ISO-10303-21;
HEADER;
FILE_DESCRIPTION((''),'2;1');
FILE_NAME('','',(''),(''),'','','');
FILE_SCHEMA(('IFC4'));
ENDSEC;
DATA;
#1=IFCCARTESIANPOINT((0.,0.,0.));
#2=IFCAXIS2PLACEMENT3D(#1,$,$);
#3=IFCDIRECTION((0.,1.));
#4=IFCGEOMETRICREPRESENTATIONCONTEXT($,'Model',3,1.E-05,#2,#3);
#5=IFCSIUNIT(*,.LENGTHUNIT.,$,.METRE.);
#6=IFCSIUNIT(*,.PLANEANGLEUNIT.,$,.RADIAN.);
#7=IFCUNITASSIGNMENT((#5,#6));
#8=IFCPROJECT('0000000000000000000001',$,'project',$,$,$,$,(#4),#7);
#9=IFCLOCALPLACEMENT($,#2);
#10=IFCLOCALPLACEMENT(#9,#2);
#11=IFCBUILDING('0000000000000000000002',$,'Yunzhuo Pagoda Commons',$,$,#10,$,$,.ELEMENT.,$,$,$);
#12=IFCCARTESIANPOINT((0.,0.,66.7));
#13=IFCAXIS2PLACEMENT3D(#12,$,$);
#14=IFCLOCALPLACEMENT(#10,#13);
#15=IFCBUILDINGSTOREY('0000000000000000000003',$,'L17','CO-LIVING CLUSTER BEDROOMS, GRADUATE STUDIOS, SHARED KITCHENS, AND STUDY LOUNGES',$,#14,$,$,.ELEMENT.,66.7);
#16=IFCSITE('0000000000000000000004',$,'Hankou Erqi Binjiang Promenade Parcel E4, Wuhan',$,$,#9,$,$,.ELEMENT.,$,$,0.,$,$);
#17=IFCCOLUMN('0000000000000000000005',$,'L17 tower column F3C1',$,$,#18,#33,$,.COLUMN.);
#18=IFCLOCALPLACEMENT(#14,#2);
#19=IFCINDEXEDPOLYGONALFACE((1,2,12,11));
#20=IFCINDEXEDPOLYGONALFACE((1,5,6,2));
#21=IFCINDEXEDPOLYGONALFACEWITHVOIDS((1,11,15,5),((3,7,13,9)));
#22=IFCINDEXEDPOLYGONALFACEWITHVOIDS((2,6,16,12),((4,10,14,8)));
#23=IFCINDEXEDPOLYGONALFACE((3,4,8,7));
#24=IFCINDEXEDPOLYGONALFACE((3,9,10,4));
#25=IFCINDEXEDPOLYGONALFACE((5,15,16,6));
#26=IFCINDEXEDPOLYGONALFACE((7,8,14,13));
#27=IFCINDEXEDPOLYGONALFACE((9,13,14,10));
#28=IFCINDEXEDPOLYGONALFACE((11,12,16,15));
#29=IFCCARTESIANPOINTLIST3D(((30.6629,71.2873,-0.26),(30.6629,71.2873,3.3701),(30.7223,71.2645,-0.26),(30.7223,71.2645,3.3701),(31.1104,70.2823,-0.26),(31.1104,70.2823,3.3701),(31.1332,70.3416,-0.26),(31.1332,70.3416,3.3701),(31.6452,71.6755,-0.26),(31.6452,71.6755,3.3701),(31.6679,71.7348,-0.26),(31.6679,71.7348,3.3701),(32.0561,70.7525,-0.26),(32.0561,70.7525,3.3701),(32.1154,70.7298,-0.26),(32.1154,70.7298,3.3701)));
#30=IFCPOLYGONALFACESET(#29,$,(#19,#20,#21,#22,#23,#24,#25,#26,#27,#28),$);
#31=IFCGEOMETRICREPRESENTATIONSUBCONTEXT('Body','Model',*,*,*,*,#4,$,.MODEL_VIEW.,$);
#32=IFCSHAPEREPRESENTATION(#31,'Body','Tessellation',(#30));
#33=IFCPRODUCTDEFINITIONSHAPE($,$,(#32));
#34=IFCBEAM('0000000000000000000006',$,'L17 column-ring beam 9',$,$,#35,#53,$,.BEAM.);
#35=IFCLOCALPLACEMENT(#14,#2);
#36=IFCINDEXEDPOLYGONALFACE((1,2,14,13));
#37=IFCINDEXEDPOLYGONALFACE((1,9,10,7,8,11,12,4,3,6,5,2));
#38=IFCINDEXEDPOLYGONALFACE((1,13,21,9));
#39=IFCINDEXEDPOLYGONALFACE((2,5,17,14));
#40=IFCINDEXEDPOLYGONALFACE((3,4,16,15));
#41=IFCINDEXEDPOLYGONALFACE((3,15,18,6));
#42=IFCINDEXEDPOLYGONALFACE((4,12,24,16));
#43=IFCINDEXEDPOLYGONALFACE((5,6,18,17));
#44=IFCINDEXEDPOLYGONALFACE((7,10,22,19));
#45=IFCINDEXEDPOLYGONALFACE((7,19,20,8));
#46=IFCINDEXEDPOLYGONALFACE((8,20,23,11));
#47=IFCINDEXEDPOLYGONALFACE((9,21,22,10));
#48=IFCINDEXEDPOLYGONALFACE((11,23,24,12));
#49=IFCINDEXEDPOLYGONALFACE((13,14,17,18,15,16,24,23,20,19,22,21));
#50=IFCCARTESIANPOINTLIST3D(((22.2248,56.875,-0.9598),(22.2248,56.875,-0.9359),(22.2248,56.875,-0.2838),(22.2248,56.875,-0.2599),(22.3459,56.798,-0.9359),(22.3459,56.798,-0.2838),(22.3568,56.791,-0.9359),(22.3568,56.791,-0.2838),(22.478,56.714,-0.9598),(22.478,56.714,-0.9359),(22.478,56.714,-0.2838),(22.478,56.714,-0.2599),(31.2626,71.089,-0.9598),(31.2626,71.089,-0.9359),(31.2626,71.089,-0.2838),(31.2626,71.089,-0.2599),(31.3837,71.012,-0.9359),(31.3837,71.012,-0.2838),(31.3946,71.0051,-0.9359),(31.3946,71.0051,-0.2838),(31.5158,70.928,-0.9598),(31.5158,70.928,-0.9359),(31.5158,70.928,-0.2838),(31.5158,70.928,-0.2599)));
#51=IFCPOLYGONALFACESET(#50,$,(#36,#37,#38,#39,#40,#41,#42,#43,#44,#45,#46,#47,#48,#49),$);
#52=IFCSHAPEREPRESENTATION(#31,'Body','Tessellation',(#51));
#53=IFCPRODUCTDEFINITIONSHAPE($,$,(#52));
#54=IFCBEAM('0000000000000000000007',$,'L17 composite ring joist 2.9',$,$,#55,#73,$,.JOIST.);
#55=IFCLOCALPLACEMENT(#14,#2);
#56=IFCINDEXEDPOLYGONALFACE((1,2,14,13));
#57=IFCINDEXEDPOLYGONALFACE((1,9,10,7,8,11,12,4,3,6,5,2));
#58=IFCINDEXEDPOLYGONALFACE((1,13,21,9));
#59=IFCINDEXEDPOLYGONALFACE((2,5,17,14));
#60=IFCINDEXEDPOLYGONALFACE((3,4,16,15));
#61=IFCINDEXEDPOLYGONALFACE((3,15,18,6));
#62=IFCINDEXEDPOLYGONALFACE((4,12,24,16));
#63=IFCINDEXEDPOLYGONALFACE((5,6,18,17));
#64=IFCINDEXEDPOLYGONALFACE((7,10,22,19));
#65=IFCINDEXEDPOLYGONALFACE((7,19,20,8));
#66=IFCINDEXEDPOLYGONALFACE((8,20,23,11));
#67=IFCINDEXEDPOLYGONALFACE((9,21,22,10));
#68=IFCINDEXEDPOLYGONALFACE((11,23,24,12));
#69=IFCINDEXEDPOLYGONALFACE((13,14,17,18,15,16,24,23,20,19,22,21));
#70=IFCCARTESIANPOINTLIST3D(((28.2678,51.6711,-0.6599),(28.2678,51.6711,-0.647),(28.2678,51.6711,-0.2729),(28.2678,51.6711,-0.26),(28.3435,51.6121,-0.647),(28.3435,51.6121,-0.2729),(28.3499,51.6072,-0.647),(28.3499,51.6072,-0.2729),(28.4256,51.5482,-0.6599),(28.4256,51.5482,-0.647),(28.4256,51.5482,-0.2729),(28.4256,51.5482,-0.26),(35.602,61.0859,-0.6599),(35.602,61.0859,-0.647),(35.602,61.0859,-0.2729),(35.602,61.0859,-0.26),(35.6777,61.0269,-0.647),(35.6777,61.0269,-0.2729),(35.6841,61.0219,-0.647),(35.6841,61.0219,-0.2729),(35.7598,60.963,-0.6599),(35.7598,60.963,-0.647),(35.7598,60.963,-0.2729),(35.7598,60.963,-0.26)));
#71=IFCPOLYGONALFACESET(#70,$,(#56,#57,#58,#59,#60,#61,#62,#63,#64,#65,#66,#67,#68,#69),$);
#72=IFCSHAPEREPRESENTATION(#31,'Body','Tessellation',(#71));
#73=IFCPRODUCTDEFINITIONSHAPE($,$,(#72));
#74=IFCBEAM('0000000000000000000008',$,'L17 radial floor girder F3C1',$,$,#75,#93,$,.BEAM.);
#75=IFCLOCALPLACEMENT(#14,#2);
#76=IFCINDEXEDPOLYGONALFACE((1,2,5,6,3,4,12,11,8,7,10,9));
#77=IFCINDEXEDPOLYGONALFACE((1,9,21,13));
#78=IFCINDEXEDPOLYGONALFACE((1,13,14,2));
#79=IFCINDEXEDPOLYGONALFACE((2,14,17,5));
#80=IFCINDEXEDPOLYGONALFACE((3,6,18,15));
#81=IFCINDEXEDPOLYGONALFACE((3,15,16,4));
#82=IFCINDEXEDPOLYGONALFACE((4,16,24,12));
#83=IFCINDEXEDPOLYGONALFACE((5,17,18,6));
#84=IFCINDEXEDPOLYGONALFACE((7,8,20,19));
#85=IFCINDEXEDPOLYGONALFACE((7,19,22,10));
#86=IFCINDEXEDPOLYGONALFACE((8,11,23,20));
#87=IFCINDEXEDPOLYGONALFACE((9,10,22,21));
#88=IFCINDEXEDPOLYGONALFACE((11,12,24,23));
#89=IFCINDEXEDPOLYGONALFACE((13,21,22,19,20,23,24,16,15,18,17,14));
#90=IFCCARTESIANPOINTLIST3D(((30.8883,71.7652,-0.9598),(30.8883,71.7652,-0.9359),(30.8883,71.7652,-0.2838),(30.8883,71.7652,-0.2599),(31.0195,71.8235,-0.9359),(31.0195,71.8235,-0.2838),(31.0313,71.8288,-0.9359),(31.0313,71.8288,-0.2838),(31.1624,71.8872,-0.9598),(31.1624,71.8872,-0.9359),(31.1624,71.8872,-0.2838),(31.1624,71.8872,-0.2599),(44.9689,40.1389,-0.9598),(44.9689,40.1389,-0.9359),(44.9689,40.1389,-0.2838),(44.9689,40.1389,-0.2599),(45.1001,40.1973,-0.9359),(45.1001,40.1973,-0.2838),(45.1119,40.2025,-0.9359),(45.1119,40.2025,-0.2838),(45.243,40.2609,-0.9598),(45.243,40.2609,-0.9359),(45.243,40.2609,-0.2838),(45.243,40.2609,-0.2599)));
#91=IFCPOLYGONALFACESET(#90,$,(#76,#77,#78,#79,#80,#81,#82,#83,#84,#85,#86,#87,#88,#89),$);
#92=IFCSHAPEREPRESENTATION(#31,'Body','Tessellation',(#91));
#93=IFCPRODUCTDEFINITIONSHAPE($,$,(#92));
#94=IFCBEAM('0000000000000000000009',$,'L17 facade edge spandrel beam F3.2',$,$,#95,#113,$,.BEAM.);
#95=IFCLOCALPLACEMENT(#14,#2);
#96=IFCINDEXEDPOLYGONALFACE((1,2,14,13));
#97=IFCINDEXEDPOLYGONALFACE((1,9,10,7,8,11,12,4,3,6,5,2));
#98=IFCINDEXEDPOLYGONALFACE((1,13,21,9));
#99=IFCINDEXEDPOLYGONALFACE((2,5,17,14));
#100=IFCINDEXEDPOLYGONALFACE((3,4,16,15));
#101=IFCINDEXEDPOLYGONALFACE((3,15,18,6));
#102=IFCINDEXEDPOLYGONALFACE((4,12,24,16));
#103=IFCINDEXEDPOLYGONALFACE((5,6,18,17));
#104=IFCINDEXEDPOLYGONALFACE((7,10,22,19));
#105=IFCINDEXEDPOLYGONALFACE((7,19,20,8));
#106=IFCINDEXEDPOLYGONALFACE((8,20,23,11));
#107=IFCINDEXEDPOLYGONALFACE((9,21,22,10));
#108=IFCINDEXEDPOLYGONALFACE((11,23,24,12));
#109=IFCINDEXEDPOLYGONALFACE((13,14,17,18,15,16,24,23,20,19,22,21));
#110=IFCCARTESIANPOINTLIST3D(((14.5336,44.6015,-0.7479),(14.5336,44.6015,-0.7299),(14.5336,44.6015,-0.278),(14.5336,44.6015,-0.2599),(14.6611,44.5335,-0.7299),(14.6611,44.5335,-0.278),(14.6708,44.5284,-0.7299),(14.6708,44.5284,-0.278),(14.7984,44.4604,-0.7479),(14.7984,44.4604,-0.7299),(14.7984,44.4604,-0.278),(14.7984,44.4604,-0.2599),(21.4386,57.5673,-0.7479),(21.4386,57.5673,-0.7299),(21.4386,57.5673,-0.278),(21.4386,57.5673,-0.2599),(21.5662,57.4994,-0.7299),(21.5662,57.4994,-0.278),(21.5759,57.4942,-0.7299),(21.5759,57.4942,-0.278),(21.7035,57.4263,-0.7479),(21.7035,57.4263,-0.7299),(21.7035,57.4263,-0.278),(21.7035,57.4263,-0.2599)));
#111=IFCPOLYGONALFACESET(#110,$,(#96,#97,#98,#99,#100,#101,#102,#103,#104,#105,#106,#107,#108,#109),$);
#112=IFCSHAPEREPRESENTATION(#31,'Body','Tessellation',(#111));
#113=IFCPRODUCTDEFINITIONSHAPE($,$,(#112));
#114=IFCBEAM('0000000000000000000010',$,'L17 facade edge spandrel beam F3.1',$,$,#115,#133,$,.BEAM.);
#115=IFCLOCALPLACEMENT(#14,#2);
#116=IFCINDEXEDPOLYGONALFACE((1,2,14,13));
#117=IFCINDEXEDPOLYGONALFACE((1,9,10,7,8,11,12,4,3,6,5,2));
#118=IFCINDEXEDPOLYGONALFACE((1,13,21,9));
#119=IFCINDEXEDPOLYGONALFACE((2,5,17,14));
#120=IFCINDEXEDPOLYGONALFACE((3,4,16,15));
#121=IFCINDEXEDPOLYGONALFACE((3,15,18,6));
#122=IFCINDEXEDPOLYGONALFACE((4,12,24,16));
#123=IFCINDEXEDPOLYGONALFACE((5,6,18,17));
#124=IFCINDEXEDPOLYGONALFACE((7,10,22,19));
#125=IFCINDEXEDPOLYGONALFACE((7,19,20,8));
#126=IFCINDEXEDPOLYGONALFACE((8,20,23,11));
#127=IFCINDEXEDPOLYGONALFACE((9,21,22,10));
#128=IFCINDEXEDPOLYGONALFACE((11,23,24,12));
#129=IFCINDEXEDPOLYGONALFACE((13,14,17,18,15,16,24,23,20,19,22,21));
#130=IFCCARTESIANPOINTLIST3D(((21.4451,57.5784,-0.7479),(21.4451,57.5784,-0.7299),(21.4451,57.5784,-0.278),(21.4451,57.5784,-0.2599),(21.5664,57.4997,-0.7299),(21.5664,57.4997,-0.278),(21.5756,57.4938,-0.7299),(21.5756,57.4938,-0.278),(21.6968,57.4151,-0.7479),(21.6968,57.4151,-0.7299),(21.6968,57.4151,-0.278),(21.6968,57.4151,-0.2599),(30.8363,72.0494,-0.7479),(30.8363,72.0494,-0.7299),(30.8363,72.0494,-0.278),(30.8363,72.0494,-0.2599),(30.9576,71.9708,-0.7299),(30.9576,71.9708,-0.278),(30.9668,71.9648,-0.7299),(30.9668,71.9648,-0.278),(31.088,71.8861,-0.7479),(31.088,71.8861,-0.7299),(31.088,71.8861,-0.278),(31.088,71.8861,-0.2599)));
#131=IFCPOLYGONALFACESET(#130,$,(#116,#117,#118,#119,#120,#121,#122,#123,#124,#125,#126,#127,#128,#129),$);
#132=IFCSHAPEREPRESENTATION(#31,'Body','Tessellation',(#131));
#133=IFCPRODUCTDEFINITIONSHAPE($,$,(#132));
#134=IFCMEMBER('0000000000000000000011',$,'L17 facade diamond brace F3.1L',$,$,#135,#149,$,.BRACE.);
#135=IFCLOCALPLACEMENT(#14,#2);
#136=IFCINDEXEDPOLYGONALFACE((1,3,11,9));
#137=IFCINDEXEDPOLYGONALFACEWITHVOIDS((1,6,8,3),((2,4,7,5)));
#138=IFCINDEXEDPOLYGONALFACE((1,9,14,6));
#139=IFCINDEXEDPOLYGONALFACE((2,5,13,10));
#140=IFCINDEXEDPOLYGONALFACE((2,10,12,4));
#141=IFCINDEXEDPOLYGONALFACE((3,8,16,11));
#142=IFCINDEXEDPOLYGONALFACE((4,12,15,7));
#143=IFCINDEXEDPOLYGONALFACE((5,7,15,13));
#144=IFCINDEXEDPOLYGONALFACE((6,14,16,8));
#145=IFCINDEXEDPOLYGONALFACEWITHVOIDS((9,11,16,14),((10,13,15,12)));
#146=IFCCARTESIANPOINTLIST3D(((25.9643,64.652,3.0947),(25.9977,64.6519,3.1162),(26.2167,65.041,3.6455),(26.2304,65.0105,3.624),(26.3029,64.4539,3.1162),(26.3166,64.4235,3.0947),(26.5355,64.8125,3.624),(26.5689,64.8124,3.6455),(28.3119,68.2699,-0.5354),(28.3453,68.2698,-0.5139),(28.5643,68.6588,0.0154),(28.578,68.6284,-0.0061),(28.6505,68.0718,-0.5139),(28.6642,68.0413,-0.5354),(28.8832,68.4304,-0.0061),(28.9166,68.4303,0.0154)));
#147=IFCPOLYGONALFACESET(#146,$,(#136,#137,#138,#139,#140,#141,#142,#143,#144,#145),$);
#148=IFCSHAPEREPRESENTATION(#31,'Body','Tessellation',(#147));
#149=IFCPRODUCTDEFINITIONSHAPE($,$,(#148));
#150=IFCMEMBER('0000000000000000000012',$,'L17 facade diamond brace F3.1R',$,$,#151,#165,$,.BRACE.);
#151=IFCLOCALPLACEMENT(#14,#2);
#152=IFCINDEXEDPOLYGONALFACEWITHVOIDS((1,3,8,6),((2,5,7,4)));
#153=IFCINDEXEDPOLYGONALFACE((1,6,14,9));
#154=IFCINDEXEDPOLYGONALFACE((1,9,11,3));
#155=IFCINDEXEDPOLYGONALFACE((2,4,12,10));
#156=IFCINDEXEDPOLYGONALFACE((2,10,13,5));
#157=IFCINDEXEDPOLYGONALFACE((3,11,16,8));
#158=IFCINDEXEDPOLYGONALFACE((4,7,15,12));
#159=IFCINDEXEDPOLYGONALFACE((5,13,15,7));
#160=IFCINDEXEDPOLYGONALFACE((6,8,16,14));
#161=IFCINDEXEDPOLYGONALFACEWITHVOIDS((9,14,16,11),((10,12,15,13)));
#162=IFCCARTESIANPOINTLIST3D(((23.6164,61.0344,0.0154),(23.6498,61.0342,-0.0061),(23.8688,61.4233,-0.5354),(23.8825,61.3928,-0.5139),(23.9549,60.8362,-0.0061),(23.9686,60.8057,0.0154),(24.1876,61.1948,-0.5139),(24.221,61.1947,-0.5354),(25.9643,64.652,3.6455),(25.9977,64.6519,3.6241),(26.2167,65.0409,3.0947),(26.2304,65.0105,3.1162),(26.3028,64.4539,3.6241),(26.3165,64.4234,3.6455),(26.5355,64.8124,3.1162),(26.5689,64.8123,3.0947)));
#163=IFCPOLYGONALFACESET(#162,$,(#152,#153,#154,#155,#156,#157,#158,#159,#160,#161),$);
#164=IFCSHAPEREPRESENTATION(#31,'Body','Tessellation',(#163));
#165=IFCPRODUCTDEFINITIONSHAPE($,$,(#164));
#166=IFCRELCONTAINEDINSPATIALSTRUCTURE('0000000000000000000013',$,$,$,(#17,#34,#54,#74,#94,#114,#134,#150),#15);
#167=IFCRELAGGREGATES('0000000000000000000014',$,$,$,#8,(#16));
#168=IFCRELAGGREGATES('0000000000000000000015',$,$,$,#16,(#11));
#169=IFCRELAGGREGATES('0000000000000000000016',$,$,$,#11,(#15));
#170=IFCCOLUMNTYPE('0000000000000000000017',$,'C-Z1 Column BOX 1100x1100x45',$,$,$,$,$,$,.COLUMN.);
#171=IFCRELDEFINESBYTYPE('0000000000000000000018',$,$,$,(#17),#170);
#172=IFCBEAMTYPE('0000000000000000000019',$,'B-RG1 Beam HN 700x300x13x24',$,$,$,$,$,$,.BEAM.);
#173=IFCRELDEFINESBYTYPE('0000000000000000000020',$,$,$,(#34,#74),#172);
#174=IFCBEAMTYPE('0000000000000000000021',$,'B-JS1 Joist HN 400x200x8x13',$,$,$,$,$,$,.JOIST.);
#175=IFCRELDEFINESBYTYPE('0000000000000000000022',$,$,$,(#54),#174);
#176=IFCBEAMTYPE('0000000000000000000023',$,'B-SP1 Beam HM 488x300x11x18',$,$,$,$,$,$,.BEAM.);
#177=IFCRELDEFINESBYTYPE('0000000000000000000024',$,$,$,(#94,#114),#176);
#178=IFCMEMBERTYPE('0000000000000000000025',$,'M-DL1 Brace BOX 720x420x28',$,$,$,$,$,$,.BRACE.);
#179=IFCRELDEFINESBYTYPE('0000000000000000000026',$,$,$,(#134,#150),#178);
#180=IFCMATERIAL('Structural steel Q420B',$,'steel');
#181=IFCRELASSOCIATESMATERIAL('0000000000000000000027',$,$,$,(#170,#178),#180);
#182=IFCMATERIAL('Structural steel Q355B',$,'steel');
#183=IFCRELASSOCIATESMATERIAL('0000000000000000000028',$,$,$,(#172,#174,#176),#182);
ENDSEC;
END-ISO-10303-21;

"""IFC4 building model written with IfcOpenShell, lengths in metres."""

from ifc_helpers import new_model, si_unit, direction, frame, origin, origin_2d, place, context, subcontext, project, spatial, hollow_rectangle, i_section, extrude, source, transform, mapped, material, material_profile, profile_set, type_object, element, save


model = new_model("IFC4")

# Units and contexts
model_context = context("Model", 3, precision=1e-05, world=origin(), true_north=direction((0.0, 1.0)))
body_context = subcontext(model_context, "Body", "Model", "MODEL_VIEW")
ifc_project = project(units=[si_unit("LENGTHUNIT", "METRE"), si_unit("PLANEANGLEUNIT", "RADIAN")], contexts=[model_context])

# Site, building, storey
site_placement = place(None, origin())
site = spatial("IfcSite", under=ifc_project, at=site_placement, Name="Hankou Erqi Binjiang Promenade Parcel E4, Wuhan", CompositionType="ELEMENT", RefElevation=0.0)
building_placement = place(site_placement, origin())
building = spatial("IfcBuilding", under=site, at=building_placement, Name="Yunzhuo Pagoda Commons", CompositionType="ELEMENT")
storey_placement = place(building_placement, frame((0.0, 0.0, 66.7)))
storey = spatial("IfcBuildingStorey", under=building, at=storey_placement, Name="L17", Description="CO-LIVING CLUSTER BEDROOMS, GRADUATE STUDIOS, SHARED KITCHENS, AND STUDY LOUNGES", CompositionType="ELEMENT", Elevation=66.7)

# Column
ifc_material_1 = material(Name="Structural steel Q420B", Category="steel")
ifc_material_profile_1 = material_profile(ifc_material_1, hollow_rectangle(XDim=1.1001, YDim=1.1001, WallThickness=0.0449, at=origin_2d()), Name="Structural steel Q420B")
ifc_profile_set_1 = profile_set([ifc_material_profile_1], Name="Structural steel Q420B")
column_type = type_object("IfcColumnType", Name="C-Z1 Column BOX 1100x1100x45", PredefinedType="COLUMN", material=ifc_profile_set_1)
shared_shape_1 = source(origin(), body_context, "Body", "SweptSolid", [
    extrude(hollow_rectangle(XDim=1.1001, YDim=1.1001, WallThickness=0.0449, at=origin_2d()), origin(), (0.0, 0.0, 1.0), 3.6301),
])
column_placement = place(storey_placement, frame((31.3892, 71.0085, -0.26), z_axis=(0.0, 0.0, 1.0), x_axis=(-0.913545, -0.406737, 0.0)))
element("IfcColumn", 1, at=column_placement, inside=storey, type_object=column_type, Name="L17 tower column F3C1", PredefinedType="COLUMN", context=body_context, shape_type="MappedRepresentation", body=[
    mapped(shared_shape_1, transform((0.0, 0.0, 0.0), scale=1.0)),
])

# Beams
ifc_material_2 = material(Name="Structural steel Q355B", Category="steel")
ifc_material_profile_2 = material_profile(ifc_material_2, i_section(OverallWidth=0.3, OverallDepth=0.7, WebThickness=0.0129, FlangeThickness=0.0239, at=origin_2d()), Name="Structural steel Q355B")
ifc_profile_set_2 = profile_set([ifc_material_profile_2], Name="Structural steel Q355B")
beam_type_1 = type_object("IfcBeamType", Name="B-RG1 Beam HN 700x300x13x24", PredefinedType="BEAM", material=ifc_profile_set_2)
shared_shape_2 = source(origin(), body_context, "Body", "SweptSolid", [
    extrude(i_section(OverallWidth=0.3, OverallDepth=0.7, WebThickness=0.0129, FlangeThickness=0.0239, at=origin_2d()), origin(), (0.0, 0.0, 1.0), 16.844),
])
beam_1_placement = place(storey_placement, frame((31.3892, 71.0085, -0.6099), z_axis=(-0.536558, -0.843863, 0.0), x_axis=(0.843863, -0.536558, 0.0)))
element("IfcBeam", 2, at=beam_1_placement, inside=storey, type_object=beam_type_1, Name="L17 column-ring beam 9", PredefinedType="BEAM", context=body_context, shape_type="MappedRepresentation", body=[
    mapped(shared_shape_2, transform((0.0, 0.0, 0.0), scale=1.0)),
])
ifc_material_profile_3 = material_profile(ifc_material_2, i_section(OverallWidth=0.2, OverallDepth=0.3999, WebThickness=0.0081, FlangeThickness=0.0129, at=origin_2d()), Name="Structural steel Q355B")
ifc_profile_set_3 = profile_set([ifc_material_profile_3], Name="Structural steel Q355B")
beam_type_2 = type_object("IfcBeamType", Name="B-JS1 Joist HN 400x200x8x13", PredefinedType="JOIST", material=ifc_profile_set_3)
shared_shape_3 = source(origin(), body_context, "Body", "SweptSolid", [
    extrude(i_section(OverallWidth=0.2, OverallDepth=0.3999, WebThickness=0.0081, FlangeThickness=0.0129, at=origin_2d()), origin(), (0.0, 0.0, 1.0), 11.9343),
])
beam_2_placement = place(storey_placement, frame((35.6809, 61.0244, -0.46), z_axis=(-0.614547, -0.788881, 0.0), x_axis=(0.788881, -0.614547, 0.0)))
element("IfcBeam", 3, at=beam_2_placement, inside=storey, type_object=beam_type_2, Name="L17 composite ring joist 2.9", PredefinedType="JOIST", context=body_context, shape_type="MappedRepresentation", body=[
    mapped(shared_shape_3, transform((0.0, 0.0, 0.0), scale=1.0)),
])
shared_shape_4 = source(origin(), body_context, "Body", "SweptSolid", [
    extrude(i_section(OverallWidth=0.3, OverallDepth=0.7, WebThickness=0.0129, FlangeThickness=0.0239, at=origin_2d()), origin(), (0.0, 0.0, 1.0), 34.6191),
])
beam_3_placement = place(storey_placement, frame((31.0254, 71.8262, -0.6099), z_axis=(0.406729, -0.913549, 0.0), x_axis=(0.913549, 0.406729, 0.0)))
element("IfcBeam", 4, at=beam_3_placement, inside=storey, type_object=beam_type_1, Name="L17 radial floor girder F3C1", PredefinedType="BEAM", context=body_context, shape_type="MappedRepresentation", body=[
    mapped(shared_shape_4, transform((0.0, 0.0, 0.0), scale=1.0)),
])
ifc_material_profile_4 = material_profile(ifc_material_2, i_section(OverallWidth=0.3, OverallDepth=0.488, WebThickness=0.011, FlangeThickness=0.0181, at=origin_2d()), Name="Structural steel Q355B")
ifc_profile_set_4 = profile_set([ifc_material_profile_4], Name="Structural steel Q355B")
beam_type_3 = type_object("IfcBeamType", Name="B-SP1 Beam HM 488x300x11x18", PredefinedType="BEAM", material=ifc_profile_set_4)
shared_shape_5 = source(origin(), body_context, "Body", "SweptSolid", [
    extrude(i_section(OverallWidth=0.3, OverallDepth=0.488, WebThickness=0.011, FlangeThickness=0.0181, at=origin_2d()), origin(), (0.0, 0.0, 1.0), 14.6899),
])
beam_4_placement = place(storey_placement, frame((21.571, 57.4968, -0.5039), z_axis=(-0.470054, -0.882638, 0.0), x_axis=(0.882638, -0.470054, 0.0)))
element("IfcBeam", 5, at=beam_4_placement, inside=storey, type_object=beam_type_3, Name="L17 facade edge spandrel beam F3.2", PredefinedType="BEAM", context=body_context, shape_type="MappedRepresentation", body=[
    mapped(shared_shape_5, transform((0.0, 0.0, 0.0), scale=1.0)),
])
shared_shape_6 = source(origin(), body_context, "Body", "SweptSolid", [
    extrude(i_section(OverallWidth=0.3, OverallDepth=0.488, WebThickness=0.011, FlangeThickness=0.0181, at=origin_2d()), origin(), (0.0, 0.0, 1.0), 17.2512),
])
beam_5_placement = place(storey_placement, frame((30.9622, 71.9678, -0.5039), z_axis=(-0.544377, -0.838841, 0.0), x_axis=(0.838841, -0.544377, 0.0)))
element("IfcBeam", 6, at=beam_5_placement, inside=storey, type_object=beam_type_3, Name="L17 facade edge spandrel beam F3.1", PredefinedType="BEAM", context=body_context, shape_type="MappedRepresentation", body=[
    mapped(shared_shape_6, transform((0.0, 0.0, 0.0), scale=1.0)),
])

# Members
ifc_material_profile_5 = material_profile(ifc_material_1, hollow_rectangle(XDim=0.4199, YDim=0.72, WallThickness=0.0281, at=origin_2d()), Name="Structural steel Q420B")
ifc_profile_set_5 = profile_set([ifc_material_profile_5], Name="Structural steel Q420B")
member_type_1 = type_object("IfcMemberType", Name="M-DL1 Brace BOX 720x420x28", PredefinedType="BRACE", material=ifc_profile_set_5)
shared_shape_7 = source(origin(), body_context, "Body", "SweptSolid", [
    extrude(hollow_rectangle(XDim=0.4199, YDim=0.72, WallThickness=0.0281, at=origin_2d()), origin(), (0.0, 0.0, 1.0), 5.6372),
])
for number, where, z_axis, x_axis, name in (
    (7, (28.6143, 68.3501, -0.26), (-0.416454, -0.641787, 0.643953), (0.838866, -0.544338, 0.0), "L17 facade diamond brace F3.1L"),
    (8, (23.9187, 61.1145, -0.26), (0.416501, 0.64175, 0.643959), (-0.838824, 0.544403, 0.0), "L17 facade diamond brace F3.1R"),
):
    element("IfcMember", number, at=place(storey_placement, frame(where, z_axis=z_axis, x_axis=x_axis)), inside=storey, type_object=member_type_1, Name=name, PredefinedType="BRACE", context=body_context, shape_type="MappedRepresentation", body=[
        mapped(shared_shape_7, transform((0.0, 0.0, 0.0), scale=1.0)),
    ])

save(model, "model.ifc")
